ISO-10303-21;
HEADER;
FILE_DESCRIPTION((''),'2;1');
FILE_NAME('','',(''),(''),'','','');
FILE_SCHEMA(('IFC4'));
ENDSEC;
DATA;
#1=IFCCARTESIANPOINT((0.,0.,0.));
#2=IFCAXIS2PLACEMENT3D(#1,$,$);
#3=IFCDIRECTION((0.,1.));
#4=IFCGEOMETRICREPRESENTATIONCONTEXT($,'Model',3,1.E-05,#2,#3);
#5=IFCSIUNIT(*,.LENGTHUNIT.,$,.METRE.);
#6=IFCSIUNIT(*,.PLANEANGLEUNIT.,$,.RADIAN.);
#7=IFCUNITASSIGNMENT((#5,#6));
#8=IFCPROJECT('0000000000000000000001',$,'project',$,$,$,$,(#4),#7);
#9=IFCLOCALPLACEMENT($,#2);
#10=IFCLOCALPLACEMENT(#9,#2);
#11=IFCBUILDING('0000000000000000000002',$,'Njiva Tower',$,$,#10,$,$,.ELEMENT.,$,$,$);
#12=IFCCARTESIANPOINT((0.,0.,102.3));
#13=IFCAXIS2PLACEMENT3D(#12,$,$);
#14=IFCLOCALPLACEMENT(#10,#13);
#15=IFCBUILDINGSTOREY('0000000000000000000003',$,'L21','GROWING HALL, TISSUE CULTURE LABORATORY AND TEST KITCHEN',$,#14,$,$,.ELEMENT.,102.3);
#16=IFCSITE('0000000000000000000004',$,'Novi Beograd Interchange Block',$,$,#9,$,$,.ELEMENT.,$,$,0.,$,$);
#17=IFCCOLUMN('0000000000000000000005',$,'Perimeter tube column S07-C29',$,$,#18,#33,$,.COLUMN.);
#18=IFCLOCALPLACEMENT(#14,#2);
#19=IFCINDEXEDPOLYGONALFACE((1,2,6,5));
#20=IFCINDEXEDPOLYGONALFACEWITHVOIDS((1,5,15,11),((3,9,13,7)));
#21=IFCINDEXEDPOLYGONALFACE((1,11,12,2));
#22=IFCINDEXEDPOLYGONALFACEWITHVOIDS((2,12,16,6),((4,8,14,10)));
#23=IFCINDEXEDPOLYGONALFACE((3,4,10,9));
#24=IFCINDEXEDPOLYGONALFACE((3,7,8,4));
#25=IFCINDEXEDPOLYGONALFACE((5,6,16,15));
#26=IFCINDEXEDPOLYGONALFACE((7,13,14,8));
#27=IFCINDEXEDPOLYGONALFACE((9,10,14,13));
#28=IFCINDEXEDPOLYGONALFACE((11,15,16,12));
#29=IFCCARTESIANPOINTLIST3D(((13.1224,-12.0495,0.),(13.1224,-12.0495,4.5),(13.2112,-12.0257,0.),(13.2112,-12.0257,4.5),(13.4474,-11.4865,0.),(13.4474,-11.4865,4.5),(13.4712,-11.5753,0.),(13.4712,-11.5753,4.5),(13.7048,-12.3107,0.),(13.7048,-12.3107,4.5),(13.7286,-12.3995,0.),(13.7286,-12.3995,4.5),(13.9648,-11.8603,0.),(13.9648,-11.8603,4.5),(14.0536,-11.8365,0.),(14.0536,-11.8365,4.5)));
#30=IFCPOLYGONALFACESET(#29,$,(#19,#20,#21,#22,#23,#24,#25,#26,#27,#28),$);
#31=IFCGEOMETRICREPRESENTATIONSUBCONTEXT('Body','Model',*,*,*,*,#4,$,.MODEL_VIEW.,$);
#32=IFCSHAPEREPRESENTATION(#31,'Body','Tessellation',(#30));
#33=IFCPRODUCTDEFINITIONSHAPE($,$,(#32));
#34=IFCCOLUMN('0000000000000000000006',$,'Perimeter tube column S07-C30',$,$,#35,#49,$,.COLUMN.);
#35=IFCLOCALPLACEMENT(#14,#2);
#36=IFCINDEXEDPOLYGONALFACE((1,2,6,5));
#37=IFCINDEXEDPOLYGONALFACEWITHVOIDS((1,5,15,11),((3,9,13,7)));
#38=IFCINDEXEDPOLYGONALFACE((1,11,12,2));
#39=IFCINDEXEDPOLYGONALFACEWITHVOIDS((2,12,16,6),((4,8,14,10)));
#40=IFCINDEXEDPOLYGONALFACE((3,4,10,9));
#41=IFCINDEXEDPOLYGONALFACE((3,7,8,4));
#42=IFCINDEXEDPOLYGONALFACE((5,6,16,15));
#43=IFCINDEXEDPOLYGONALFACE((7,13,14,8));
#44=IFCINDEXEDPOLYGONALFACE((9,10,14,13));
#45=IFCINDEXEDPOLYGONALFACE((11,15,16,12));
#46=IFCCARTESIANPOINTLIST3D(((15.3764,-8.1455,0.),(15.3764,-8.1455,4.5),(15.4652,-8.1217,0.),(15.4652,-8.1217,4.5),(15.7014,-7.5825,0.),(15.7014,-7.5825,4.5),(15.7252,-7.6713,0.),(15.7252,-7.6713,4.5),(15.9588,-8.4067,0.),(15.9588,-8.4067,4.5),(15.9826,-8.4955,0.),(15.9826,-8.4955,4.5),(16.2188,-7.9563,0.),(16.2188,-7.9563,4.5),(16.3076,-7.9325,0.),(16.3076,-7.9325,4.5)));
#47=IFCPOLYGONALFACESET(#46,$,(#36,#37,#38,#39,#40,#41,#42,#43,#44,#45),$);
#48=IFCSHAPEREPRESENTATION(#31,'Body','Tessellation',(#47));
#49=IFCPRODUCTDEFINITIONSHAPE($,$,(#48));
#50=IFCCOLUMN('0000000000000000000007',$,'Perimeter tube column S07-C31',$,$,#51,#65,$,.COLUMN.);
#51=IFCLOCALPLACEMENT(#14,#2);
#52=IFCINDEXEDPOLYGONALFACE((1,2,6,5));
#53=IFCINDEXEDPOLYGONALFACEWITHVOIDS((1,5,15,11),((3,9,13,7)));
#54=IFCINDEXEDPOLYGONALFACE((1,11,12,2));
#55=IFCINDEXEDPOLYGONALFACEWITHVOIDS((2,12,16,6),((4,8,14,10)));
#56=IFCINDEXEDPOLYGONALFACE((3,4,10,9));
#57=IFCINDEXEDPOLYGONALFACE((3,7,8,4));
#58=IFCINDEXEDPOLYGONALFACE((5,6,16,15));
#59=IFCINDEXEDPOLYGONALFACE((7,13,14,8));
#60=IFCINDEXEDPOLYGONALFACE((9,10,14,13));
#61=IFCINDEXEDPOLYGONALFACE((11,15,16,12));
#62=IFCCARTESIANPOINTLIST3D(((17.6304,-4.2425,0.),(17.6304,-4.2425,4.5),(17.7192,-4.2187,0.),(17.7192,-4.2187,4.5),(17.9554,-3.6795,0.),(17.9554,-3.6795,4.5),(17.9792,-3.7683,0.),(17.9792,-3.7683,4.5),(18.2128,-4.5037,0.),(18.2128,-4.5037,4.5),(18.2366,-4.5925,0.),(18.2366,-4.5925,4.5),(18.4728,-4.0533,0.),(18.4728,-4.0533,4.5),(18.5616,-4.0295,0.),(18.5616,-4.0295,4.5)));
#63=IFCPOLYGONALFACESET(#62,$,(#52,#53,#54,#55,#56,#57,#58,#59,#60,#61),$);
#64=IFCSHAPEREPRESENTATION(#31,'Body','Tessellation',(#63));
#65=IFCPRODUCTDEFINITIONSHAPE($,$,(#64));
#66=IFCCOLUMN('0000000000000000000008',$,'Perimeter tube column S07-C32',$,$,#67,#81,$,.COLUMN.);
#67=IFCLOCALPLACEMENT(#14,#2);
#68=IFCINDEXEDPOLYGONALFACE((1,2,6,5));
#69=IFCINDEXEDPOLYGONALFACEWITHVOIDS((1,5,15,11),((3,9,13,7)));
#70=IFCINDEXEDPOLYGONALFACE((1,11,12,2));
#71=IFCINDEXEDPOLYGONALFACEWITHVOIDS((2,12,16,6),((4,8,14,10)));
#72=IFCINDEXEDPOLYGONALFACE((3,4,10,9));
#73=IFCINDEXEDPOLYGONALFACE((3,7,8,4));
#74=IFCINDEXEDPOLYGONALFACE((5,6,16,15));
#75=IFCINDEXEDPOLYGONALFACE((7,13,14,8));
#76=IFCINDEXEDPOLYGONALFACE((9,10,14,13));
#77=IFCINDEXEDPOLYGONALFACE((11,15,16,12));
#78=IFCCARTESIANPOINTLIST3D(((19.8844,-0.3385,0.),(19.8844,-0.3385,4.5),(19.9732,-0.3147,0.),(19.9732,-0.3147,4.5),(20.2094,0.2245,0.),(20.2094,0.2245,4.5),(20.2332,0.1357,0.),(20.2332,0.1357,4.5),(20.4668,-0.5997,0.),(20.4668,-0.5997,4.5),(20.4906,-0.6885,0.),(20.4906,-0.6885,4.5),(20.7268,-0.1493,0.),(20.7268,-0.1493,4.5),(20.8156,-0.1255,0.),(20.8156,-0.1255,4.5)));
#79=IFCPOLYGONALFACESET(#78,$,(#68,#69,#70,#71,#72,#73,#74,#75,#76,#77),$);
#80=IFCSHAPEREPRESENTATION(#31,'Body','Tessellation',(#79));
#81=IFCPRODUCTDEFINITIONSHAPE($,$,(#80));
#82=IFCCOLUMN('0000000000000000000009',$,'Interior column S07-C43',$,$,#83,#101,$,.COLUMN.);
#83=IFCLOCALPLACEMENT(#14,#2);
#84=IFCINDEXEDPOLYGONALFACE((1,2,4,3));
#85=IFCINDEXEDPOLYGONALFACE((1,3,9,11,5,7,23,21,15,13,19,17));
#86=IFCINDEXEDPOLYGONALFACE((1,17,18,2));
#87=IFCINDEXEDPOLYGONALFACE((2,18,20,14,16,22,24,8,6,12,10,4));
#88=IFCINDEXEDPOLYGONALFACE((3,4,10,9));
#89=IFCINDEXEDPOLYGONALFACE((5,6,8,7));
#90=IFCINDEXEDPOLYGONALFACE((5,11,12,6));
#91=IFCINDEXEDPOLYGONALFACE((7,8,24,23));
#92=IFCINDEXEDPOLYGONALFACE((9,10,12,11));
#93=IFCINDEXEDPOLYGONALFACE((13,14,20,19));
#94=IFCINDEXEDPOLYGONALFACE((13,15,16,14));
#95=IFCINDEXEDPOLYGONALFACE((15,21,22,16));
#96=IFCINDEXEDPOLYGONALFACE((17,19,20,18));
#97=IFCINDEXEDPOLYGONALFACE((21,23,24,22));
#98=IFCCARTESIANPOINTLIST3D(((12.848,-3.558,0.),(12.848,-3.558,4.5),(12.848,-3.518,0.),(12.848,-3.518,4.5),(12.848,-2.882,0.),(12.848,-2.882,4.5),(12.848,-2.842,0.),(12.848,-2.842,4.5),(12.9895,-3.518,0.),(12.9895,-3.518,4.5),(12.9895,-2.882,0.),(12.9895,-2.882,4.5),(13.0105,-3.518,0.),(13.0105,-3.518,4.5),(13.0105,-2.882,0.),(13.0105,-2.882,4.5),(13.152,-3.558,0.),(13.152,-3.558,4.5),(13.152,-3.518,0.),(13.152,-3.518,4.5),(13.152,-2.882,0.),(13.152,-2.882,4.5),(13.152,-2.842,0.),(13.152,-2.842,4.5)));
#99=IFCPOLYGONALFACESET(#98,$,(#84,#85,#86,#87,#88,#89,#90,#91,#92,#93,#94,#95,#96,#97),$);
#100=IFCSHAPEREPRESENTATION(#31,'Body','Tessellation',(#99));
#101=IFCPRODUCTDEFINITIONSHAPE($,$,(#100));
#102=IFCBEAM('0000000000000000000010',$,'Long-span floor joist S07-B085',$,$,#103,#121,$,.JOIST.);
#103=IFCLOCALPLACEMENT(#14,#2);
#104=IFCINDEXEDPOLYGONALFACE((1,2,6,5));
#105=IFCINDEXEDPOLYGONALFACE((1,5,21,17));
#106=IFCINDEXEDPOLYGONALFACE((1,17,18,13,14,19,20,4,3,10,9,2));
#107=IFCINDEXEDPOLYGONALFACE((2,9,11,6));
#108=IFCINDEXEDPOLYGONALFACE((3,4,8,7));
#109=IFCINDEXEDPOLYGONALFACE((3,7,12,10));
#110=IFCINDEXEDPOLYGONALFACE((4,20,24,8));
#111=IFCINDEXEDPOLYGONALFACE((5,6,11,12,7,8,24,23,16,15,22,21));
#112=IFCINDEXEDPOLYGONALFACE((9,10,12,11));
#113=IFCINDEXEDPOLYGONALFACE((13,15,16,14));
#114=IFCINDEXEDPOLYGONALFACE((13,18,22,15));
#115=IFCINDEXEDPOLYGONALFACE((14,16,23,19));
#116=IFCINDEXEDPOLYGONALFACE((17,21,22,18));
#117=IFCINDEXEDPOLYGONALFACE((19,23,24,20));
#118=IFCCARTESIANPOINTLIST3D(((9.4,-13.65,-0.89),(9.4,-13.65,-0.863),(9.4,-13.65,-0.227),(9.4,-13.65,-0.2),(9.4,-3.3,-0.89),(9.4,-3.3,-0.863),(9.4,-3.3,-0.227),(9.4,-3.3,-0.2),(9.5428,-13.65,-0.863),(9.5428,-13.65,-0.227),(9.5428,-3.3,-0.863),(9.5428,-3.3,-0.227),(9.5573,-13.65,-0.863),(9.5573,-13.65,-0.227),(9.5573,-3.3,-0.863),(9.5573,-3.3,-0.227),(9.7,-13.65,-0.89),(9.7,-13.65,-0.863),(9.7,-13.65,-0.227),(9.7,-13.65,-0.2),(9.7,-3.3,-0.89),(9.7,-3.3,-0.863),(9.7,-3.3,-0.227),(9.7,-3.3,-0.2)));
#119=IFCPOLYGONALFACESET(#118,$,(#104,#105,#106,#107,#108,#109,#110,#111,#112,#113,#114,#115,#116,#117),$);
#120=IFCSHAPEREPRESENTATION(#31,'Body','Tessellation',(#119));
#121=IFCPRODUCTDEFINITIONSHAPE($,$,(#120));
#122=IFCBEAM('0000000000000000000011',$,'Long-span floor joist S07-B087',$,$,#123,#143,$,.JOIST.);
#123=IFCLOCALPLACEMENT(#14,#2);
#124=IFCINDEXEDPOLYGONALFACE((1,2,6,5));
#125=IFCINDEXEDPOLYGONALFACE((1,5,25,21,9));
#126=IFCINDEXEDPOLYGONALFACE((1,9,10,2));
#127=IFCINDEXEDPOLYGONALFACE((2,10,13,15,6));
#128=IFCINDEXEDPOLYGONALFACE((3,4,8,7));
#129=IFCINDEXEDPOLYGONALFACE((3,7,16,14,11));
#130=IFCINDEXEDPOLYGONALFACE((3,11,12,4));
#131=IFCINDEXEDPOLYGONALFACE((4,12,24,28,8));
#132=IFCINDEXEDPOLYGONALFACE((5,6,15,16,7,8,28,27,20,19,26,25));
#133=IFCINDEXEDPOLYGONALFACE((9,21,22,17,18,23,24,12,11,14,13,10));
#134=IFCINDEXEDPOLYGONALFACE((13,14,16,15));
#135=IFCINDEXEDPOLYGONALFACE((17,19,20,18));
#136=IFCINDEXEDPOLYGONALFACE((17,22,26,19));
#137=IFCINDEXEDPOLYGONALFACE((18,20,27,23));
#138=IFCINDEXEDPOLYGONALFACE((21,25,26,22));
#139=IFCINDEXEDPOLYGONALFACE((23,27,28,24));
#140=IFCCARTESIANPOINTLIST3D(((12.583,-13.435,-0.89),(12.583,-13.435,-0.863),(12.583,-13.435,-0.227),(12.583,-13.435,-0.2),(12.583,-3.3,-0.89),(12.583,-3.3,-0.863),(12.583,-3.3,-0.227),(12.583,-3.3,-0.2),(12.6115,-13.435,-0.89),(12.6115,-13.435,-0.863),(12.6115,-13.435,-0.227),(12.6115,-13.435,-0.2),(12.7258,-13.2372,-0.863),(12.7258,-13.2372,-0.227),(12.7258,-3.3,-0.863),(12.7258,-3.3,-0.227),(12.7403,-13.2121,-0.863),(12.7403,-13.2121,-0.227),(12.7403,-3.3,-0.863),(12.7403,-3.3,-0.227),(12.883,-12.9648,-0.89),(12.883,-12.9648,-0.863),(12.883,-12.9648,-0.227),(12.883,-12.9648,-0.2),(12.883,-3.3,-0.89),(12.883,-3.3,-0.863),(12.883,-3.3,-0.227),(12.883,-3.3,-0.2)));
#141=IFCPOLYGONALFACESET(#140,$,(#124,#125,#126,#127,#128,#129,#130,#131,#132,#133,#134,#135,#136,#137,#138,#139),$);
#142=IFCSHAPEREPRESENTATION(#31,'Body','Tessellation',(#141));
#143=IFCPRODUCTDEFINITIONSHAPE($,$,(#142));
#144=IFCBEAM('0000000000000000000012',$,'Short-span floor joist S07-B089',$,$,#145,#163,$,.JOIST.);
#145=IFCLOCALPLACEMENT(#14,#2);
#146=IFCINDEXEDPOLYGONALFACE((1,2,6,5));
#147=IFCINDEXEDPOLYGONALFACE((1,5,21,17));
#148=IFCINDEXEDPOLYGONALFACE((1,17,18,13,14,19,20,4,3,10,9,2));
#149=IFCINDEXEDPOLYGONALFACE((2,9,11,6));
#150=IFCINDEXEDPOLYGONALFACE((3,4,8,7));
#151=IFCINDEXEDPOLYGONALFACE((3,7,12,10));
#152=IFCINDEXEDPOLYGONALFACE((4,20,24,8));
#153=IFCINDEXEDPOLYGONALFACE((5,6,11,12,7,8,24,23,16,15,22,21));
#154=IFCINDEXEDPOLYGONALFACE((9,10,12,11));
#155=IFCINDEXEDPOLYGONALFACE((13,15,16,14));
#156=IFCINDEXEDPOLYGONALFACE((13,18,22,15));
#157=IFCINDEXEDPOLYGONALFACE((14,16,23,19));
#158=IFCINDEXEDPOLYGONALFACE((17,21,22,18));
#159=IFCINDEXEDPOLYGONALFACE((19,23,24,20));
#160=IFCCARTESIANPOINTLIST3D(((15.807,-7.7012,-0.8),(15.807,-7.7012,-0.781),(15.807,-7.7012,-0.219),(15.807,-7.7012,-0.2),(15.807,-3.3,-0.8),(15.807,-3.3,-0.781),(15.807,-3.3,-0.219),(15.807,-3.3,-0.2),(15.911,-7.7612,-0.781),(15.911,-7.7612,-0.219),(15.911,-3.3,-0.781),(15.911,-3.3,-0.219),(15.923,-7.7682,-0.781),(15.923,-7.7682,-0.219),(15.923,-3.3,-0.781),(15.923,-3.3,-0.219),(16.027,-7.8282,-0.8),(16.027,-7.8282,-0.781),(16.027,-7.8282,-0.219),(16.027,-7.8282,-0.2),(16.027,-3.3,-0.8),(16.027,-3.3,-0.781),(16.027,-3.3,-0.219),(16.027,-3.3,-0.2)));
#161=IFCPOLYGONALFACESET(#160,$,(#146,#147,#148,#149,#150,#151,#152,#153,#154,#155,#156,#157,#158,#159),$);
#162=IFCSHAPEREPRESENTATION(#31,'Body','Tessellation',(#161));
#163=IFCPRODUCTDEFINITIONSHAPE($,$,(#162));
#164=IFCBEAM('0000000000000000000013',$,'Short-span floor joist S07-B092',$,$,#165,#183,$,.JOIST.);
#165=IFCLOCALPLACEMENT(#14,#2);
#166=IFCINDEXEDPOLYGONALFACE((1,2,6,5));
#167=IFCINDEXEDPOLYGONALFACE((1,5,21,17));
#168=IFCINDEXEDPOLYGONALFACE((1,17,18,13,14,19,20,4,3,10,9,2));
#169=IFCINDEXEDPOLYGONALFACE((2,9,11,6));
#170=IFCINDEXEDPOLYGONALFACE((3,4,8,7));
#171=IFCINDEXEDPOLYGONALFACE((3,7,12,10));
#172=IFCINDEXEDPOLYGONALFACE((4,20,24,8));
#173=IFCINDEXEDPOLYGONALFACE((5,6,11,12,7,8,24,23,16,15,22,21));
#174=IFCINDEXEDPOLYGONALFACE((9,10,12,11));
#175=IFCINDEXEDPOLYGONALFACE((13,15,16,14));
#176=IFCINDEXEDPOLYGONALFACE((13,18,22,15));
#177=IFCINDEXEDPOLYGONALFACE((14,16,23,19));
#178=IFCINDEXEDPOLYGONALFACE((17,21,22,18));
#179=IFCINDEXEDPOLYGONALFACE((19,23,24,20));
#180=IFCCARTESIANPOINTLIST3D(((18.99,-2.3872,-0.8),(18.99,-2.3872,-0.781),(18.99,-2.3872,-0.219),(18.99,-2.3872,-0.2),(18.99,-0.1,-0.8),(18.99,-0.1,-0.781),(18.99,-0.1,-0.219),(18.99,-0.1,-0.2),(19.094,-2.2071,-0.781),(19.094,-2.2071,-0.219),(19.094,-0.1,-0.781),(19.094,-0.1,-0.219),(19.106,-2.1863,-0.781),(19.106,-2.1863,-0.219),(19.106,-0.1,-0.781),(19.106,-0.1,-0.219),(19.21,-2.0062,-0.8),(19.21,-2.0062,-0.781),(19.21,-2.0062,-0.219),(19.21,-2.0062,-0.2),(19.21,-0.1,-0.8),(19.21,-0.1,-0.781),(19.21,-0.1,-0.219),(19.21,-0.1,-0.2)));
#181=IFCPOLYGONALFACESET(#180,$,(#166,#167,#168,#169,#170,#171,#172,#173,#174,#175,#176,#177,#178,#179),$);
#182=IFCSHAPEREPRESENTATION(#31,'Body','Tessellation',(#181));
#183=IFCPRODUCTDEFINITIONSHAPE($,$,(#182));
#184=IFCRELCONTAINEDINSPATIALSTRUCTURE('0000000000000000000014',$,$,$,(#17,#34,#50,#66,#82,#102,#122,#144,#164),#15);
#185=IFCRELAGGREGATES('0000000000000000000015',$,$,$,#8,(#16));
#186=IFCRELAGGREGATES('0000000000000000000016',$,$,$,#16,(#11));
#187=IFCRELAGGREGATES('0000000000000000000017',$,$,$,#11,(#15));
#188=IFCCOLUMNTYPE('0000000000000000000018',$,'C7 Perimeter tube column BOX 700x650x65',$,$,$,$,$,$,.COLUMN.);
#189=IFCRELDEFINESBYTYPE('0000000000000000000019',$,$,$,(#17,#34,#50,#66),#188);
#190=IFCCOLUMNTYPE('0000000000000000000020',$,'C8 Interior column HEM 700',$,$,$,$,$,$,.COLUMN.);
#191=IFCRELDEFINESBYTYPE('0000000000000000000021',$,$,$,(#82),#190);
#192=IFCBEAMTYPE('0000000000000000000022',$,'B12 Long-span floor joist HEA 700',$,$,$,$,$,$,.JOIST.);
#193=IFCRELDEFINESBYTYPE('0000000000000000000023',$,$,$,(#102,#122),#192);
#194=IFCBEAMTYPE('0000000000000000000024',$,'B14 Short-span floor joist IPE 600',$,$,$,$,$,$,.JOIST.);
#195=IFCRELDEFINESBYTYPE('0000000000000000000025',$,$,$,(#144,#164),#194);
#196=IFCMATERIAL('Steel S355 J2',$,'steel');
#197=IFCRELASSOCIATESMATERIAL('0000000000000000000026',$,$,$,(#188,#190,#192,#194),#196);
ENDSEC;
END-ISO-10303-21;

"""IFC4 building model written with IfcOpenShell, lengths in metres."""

from ifc_helpers import new_model, si_unit, direction, frame, origin, origin_2d, place, context, subcontext, project, spatial, hollow_rectangle, i_section, extrude, clip, halfspace, material, material_profile, profile_set, type_object, element, save


model = new_model("IFC4")

# Units and contexts
model_context = context("Model", 3, precision=1e-05, world=origin(), true_north=direction((0.0, 1.0)))
body_context = subcontext(model_context, "Body", "Model", "MODEL_VIEW")
ifc_project = project(units=[si_unit("LENGTHUNIT", "METRE"), si_unit("PLANEANGLEUNIT", "RADIAN")], contexts=[model_context])

# Site, building, storey
site_placement = place(None, origin())
site = spatial("IfcSite", under=ifc_project, at=site_placement, Name="Novi Beograd Interchange Block", CompositionType="ELEMENT", RefElevation=0.0)
building_placement = place(site_placement, origin())
building = spatial("IfcBuilding", under=site, at=building_placement, Name="Njiva Tower", CompositionType="ELEMENT")
storey_placement = place(building_placement, frame((0.0, 0.0, 102.3)))
storey = spatial("IfcBuildingStorey", under=building, at=storey_placement, Name="L21", Description="GROWING HALL, TISSUE CULTURE LABORATORY AND TEST KITCHEN", CompositionType="ELEMENT", Elevation=102.3)

# Columns
ifc_material_1 = material(Name="Steel S355 J2", Category="steel")
ifc_material_profile_1 = material_profile(ifc_material_1, hollow_rectangle(XDim=0.65, YDim=0.7, WallThickness=0.065, at=origin_2d()), Name="BOX 700x650x65")
ifc_profile_set_1 = profile_set([ifc_material_profile_1], Name="Steel S355 J2")
column_type_1 = type_object("IfcColumnType", Name="C7 Perimeter tube column BOX 700x650x65", PredefinedType="COLUMN", material=ifc_profile_set_1)
for number, where, z_axis, x_axis, name in (
    (1, (13.588, -11.943, 0.0), (0.0, 0.0, 1.0), (0.5, 0.866025, 0.0), "Perimeter tube column S07-C29"),
    (2, (15.842, -8.039, 0.0), (0.0, 0.0, 1.0), (0.5, 0.866025, 0.0), "Perimeter tube column S07-C30"),
    (3, (18.096, -4.136, 0.0), (0.0, 0.0, 1.0), (0.5, 0.866025, 0.0), "Perimeter tube column S07-C31"),
    (4, (20.35, -0.232, 0.0), (0.0, 0.0, 1.0), (0.5, 0.866025, 0.0), "Perimeter tube column S07-C32"),
):
    element("IfcColumn", number, at=place(storey_placement, frame(where, z_axis=z_axis, x_axis=x_axis)), inside=storey, type_object=column_type_1, Name=name, PredefinedType="COLUMN", context=body_context, shape_type="SweptSolid", body=[
        extrude(hollow_rectangle(XDim=0.65, YDim=0.7, WallThickness=0.065, at=origin_2d()), origin(), (0.0, 0.0, 1.0), 4.5),
    ])
ifc_material_profile_2 = material_profile(ifc_material_1, i_section(OverallWidth=0.304, OverallDepth=0.716, WebThickness=0.021, FlangeThickness=0.04, at=origin_2d()), Name="HEM 700")
ifc_profile_set_2 = profile_set([ifc_material_profile_2], Name="Steel S355 J2")
column_type_2 = type_object("IfcColumnType", Name="C8 Interior column HEM 700", PredefinedType="COLUMN", material=ifc_profile_set_2)
column_placement = place(storey_placement, frame((13.0, -3.2, 0.0), z_axis=(0.0, 0.0, 1.0), x_axis=(1.0, 0.0, 0.0)))
element("IfcColumn", 5, at=column_placement, inside=storey, type_object=column_type_2, Name="Interior column S07-C43", PredefinedType="COLUMN", context=body_context, shape_type="SweptSolid", body=[
    extrude(i_section(OverallWidth=0.304, OverallDepth=0.716, WebThickness=0.021, FlangeThickness=0.04, at=origin_2d()), origin(), (0.0, 0.0, 1.0), 4.5),
])

# Beams
ifc_material_profile_3 = material_profile(ifc_material_1, i_section(OverallWidth=0.3, OverallDepth=0.69, WebThickness=0.0145, FlangeThickness=0.027, at=origin_2d()), Name="HEA 700")
ifc_profile_set_3 = profile_set([ifc_material_profile_3], Name="Steel S355 J2")
beam_type_1 = type_object("IfcBeamType", Name="B12 Long-span floor joist HEA 700", PredefinedType="JOIST", material=ifc_profile_set_3)
beam_1_placement = place(storey_placement, frame((9.55, -3.3, -0.545), z_axis=(0.0, -1.0, 0.0), x_axis=(1.0, 0.0, 0.0)))
element("IfcBeam", 6, at=beam_1_placement, inside=storey, type_object=beam_type_1, Name="Long-span floor joist S07-B085", PredefinedType="JOIST", context=body_context, shape_type="SweptSolid", body=[
    extrude(i_section(OverallWidth=0.3, OverallDepth=0.69, WebThickness=0.0145, FlangeThickness=0.027, at=origin_2d()), origin(), (0.0, 0.0, 1.0), 10.35),
])
beam_2_placement = place(storey_placement, frame((12.733, -3.3, -0.545), z_axis=(0.0, -1.0, 0.0), x_axis=(1.0, 0.0, 0.0)))
element("IfcBeam", 7, at=beam_2_placement, inside=storey, type_object=beam_type_1, Name="Long-span floor joist S07-B087", PredefinedType="JOIST", context=body_context, shape_type="Clipping", body=[
    clip(extrude(i_section(OverallWidth=0.3, OverallDepth=0.69, WebThickness=0.0145, FlangeThickness=0.027, at=origin_2d()), origin(), (0.0, 0.0, 1.0), 10.135), halfspace(frame((0.0436, 0.0, 9.8491), z_axis=(0.866027, 0.0, 0.499998), x_axis=(0.0, 1.0, 0.0)), False)),
])
ifc_material_profile_4 = material_profile(ifc_material_1, i_section(OverallWidth=0.22, OverallDepth=0.6, WebThickness=0.012, FlangeThickness=0.019, at=origin_2d()), Name="IPE 600")
ifc_profile_set_4 = profile_set([ifc_material_profile_4], Name="Steel S355 J2")
beam_type_2 = type_object("IfcBeamType", Name="B14 Short-span floor joist IPE 600", PredefinedType="JOIST", material=ifc_profile_set_4)
beam_3_placement = place(storey_placement, frame((15.917, -3.3, -0.5), z_axis=(0.0, -1.0, 0.0), x_axis=(1.0, 0.0, 0.0)))
element("IfcBeam", 8, at=beam_3_placement, inside=storey, type_object=beam_type_2, Name="Short-span floor joist S07-B089", PredefinedType="JOIST", context=body_context, shape_type="Clipping", body=[
    clip(extrude(i_section(OverallWidth=0.22, OverallDepth=0.6, WebThickness=0.012, FlangeThickness=0.019, at=origin_2d()), origin(), (0.0, 0.0, 1.0), 4.549), halfspace(frame((-0.0253, 0.0, 4.4501), z_axis=(-0.499998, 0.0, 0.866027), x_axis=(0.0, 1.0, 0.0)), False)),
])
beam_4_placement = place(storey_placement, frame((19.1, -0.1, -0.5), z_axis=(0.0, -1.0, 0.0), x_axis=(1.0, 0.0, 0.0)))
element("IfcBeam", 9, at=beam_4_placement, inside=storey, type_object=beam_type_2, Name="Short-span floor joist S07-B092", PredefinedType="JOIST", context=body_context, shape_type="Clipping", body=[
    clip(extrude(i_section(OverallWidth=0.22, OverallDepth=0.6, WebThickness=0.012, FlangeThickness=0.019, at=origin_2d()), origin(), (0.0, 0.0, 1.0), 2.308), halfspace(frame((0.0433, 0.0, 2.0217), z_axis=(0.866027, 0.0, 0.499998), x_axis=(0.0, 1.0, 0.0)), False)),
])

save(model, "model.ifc")
